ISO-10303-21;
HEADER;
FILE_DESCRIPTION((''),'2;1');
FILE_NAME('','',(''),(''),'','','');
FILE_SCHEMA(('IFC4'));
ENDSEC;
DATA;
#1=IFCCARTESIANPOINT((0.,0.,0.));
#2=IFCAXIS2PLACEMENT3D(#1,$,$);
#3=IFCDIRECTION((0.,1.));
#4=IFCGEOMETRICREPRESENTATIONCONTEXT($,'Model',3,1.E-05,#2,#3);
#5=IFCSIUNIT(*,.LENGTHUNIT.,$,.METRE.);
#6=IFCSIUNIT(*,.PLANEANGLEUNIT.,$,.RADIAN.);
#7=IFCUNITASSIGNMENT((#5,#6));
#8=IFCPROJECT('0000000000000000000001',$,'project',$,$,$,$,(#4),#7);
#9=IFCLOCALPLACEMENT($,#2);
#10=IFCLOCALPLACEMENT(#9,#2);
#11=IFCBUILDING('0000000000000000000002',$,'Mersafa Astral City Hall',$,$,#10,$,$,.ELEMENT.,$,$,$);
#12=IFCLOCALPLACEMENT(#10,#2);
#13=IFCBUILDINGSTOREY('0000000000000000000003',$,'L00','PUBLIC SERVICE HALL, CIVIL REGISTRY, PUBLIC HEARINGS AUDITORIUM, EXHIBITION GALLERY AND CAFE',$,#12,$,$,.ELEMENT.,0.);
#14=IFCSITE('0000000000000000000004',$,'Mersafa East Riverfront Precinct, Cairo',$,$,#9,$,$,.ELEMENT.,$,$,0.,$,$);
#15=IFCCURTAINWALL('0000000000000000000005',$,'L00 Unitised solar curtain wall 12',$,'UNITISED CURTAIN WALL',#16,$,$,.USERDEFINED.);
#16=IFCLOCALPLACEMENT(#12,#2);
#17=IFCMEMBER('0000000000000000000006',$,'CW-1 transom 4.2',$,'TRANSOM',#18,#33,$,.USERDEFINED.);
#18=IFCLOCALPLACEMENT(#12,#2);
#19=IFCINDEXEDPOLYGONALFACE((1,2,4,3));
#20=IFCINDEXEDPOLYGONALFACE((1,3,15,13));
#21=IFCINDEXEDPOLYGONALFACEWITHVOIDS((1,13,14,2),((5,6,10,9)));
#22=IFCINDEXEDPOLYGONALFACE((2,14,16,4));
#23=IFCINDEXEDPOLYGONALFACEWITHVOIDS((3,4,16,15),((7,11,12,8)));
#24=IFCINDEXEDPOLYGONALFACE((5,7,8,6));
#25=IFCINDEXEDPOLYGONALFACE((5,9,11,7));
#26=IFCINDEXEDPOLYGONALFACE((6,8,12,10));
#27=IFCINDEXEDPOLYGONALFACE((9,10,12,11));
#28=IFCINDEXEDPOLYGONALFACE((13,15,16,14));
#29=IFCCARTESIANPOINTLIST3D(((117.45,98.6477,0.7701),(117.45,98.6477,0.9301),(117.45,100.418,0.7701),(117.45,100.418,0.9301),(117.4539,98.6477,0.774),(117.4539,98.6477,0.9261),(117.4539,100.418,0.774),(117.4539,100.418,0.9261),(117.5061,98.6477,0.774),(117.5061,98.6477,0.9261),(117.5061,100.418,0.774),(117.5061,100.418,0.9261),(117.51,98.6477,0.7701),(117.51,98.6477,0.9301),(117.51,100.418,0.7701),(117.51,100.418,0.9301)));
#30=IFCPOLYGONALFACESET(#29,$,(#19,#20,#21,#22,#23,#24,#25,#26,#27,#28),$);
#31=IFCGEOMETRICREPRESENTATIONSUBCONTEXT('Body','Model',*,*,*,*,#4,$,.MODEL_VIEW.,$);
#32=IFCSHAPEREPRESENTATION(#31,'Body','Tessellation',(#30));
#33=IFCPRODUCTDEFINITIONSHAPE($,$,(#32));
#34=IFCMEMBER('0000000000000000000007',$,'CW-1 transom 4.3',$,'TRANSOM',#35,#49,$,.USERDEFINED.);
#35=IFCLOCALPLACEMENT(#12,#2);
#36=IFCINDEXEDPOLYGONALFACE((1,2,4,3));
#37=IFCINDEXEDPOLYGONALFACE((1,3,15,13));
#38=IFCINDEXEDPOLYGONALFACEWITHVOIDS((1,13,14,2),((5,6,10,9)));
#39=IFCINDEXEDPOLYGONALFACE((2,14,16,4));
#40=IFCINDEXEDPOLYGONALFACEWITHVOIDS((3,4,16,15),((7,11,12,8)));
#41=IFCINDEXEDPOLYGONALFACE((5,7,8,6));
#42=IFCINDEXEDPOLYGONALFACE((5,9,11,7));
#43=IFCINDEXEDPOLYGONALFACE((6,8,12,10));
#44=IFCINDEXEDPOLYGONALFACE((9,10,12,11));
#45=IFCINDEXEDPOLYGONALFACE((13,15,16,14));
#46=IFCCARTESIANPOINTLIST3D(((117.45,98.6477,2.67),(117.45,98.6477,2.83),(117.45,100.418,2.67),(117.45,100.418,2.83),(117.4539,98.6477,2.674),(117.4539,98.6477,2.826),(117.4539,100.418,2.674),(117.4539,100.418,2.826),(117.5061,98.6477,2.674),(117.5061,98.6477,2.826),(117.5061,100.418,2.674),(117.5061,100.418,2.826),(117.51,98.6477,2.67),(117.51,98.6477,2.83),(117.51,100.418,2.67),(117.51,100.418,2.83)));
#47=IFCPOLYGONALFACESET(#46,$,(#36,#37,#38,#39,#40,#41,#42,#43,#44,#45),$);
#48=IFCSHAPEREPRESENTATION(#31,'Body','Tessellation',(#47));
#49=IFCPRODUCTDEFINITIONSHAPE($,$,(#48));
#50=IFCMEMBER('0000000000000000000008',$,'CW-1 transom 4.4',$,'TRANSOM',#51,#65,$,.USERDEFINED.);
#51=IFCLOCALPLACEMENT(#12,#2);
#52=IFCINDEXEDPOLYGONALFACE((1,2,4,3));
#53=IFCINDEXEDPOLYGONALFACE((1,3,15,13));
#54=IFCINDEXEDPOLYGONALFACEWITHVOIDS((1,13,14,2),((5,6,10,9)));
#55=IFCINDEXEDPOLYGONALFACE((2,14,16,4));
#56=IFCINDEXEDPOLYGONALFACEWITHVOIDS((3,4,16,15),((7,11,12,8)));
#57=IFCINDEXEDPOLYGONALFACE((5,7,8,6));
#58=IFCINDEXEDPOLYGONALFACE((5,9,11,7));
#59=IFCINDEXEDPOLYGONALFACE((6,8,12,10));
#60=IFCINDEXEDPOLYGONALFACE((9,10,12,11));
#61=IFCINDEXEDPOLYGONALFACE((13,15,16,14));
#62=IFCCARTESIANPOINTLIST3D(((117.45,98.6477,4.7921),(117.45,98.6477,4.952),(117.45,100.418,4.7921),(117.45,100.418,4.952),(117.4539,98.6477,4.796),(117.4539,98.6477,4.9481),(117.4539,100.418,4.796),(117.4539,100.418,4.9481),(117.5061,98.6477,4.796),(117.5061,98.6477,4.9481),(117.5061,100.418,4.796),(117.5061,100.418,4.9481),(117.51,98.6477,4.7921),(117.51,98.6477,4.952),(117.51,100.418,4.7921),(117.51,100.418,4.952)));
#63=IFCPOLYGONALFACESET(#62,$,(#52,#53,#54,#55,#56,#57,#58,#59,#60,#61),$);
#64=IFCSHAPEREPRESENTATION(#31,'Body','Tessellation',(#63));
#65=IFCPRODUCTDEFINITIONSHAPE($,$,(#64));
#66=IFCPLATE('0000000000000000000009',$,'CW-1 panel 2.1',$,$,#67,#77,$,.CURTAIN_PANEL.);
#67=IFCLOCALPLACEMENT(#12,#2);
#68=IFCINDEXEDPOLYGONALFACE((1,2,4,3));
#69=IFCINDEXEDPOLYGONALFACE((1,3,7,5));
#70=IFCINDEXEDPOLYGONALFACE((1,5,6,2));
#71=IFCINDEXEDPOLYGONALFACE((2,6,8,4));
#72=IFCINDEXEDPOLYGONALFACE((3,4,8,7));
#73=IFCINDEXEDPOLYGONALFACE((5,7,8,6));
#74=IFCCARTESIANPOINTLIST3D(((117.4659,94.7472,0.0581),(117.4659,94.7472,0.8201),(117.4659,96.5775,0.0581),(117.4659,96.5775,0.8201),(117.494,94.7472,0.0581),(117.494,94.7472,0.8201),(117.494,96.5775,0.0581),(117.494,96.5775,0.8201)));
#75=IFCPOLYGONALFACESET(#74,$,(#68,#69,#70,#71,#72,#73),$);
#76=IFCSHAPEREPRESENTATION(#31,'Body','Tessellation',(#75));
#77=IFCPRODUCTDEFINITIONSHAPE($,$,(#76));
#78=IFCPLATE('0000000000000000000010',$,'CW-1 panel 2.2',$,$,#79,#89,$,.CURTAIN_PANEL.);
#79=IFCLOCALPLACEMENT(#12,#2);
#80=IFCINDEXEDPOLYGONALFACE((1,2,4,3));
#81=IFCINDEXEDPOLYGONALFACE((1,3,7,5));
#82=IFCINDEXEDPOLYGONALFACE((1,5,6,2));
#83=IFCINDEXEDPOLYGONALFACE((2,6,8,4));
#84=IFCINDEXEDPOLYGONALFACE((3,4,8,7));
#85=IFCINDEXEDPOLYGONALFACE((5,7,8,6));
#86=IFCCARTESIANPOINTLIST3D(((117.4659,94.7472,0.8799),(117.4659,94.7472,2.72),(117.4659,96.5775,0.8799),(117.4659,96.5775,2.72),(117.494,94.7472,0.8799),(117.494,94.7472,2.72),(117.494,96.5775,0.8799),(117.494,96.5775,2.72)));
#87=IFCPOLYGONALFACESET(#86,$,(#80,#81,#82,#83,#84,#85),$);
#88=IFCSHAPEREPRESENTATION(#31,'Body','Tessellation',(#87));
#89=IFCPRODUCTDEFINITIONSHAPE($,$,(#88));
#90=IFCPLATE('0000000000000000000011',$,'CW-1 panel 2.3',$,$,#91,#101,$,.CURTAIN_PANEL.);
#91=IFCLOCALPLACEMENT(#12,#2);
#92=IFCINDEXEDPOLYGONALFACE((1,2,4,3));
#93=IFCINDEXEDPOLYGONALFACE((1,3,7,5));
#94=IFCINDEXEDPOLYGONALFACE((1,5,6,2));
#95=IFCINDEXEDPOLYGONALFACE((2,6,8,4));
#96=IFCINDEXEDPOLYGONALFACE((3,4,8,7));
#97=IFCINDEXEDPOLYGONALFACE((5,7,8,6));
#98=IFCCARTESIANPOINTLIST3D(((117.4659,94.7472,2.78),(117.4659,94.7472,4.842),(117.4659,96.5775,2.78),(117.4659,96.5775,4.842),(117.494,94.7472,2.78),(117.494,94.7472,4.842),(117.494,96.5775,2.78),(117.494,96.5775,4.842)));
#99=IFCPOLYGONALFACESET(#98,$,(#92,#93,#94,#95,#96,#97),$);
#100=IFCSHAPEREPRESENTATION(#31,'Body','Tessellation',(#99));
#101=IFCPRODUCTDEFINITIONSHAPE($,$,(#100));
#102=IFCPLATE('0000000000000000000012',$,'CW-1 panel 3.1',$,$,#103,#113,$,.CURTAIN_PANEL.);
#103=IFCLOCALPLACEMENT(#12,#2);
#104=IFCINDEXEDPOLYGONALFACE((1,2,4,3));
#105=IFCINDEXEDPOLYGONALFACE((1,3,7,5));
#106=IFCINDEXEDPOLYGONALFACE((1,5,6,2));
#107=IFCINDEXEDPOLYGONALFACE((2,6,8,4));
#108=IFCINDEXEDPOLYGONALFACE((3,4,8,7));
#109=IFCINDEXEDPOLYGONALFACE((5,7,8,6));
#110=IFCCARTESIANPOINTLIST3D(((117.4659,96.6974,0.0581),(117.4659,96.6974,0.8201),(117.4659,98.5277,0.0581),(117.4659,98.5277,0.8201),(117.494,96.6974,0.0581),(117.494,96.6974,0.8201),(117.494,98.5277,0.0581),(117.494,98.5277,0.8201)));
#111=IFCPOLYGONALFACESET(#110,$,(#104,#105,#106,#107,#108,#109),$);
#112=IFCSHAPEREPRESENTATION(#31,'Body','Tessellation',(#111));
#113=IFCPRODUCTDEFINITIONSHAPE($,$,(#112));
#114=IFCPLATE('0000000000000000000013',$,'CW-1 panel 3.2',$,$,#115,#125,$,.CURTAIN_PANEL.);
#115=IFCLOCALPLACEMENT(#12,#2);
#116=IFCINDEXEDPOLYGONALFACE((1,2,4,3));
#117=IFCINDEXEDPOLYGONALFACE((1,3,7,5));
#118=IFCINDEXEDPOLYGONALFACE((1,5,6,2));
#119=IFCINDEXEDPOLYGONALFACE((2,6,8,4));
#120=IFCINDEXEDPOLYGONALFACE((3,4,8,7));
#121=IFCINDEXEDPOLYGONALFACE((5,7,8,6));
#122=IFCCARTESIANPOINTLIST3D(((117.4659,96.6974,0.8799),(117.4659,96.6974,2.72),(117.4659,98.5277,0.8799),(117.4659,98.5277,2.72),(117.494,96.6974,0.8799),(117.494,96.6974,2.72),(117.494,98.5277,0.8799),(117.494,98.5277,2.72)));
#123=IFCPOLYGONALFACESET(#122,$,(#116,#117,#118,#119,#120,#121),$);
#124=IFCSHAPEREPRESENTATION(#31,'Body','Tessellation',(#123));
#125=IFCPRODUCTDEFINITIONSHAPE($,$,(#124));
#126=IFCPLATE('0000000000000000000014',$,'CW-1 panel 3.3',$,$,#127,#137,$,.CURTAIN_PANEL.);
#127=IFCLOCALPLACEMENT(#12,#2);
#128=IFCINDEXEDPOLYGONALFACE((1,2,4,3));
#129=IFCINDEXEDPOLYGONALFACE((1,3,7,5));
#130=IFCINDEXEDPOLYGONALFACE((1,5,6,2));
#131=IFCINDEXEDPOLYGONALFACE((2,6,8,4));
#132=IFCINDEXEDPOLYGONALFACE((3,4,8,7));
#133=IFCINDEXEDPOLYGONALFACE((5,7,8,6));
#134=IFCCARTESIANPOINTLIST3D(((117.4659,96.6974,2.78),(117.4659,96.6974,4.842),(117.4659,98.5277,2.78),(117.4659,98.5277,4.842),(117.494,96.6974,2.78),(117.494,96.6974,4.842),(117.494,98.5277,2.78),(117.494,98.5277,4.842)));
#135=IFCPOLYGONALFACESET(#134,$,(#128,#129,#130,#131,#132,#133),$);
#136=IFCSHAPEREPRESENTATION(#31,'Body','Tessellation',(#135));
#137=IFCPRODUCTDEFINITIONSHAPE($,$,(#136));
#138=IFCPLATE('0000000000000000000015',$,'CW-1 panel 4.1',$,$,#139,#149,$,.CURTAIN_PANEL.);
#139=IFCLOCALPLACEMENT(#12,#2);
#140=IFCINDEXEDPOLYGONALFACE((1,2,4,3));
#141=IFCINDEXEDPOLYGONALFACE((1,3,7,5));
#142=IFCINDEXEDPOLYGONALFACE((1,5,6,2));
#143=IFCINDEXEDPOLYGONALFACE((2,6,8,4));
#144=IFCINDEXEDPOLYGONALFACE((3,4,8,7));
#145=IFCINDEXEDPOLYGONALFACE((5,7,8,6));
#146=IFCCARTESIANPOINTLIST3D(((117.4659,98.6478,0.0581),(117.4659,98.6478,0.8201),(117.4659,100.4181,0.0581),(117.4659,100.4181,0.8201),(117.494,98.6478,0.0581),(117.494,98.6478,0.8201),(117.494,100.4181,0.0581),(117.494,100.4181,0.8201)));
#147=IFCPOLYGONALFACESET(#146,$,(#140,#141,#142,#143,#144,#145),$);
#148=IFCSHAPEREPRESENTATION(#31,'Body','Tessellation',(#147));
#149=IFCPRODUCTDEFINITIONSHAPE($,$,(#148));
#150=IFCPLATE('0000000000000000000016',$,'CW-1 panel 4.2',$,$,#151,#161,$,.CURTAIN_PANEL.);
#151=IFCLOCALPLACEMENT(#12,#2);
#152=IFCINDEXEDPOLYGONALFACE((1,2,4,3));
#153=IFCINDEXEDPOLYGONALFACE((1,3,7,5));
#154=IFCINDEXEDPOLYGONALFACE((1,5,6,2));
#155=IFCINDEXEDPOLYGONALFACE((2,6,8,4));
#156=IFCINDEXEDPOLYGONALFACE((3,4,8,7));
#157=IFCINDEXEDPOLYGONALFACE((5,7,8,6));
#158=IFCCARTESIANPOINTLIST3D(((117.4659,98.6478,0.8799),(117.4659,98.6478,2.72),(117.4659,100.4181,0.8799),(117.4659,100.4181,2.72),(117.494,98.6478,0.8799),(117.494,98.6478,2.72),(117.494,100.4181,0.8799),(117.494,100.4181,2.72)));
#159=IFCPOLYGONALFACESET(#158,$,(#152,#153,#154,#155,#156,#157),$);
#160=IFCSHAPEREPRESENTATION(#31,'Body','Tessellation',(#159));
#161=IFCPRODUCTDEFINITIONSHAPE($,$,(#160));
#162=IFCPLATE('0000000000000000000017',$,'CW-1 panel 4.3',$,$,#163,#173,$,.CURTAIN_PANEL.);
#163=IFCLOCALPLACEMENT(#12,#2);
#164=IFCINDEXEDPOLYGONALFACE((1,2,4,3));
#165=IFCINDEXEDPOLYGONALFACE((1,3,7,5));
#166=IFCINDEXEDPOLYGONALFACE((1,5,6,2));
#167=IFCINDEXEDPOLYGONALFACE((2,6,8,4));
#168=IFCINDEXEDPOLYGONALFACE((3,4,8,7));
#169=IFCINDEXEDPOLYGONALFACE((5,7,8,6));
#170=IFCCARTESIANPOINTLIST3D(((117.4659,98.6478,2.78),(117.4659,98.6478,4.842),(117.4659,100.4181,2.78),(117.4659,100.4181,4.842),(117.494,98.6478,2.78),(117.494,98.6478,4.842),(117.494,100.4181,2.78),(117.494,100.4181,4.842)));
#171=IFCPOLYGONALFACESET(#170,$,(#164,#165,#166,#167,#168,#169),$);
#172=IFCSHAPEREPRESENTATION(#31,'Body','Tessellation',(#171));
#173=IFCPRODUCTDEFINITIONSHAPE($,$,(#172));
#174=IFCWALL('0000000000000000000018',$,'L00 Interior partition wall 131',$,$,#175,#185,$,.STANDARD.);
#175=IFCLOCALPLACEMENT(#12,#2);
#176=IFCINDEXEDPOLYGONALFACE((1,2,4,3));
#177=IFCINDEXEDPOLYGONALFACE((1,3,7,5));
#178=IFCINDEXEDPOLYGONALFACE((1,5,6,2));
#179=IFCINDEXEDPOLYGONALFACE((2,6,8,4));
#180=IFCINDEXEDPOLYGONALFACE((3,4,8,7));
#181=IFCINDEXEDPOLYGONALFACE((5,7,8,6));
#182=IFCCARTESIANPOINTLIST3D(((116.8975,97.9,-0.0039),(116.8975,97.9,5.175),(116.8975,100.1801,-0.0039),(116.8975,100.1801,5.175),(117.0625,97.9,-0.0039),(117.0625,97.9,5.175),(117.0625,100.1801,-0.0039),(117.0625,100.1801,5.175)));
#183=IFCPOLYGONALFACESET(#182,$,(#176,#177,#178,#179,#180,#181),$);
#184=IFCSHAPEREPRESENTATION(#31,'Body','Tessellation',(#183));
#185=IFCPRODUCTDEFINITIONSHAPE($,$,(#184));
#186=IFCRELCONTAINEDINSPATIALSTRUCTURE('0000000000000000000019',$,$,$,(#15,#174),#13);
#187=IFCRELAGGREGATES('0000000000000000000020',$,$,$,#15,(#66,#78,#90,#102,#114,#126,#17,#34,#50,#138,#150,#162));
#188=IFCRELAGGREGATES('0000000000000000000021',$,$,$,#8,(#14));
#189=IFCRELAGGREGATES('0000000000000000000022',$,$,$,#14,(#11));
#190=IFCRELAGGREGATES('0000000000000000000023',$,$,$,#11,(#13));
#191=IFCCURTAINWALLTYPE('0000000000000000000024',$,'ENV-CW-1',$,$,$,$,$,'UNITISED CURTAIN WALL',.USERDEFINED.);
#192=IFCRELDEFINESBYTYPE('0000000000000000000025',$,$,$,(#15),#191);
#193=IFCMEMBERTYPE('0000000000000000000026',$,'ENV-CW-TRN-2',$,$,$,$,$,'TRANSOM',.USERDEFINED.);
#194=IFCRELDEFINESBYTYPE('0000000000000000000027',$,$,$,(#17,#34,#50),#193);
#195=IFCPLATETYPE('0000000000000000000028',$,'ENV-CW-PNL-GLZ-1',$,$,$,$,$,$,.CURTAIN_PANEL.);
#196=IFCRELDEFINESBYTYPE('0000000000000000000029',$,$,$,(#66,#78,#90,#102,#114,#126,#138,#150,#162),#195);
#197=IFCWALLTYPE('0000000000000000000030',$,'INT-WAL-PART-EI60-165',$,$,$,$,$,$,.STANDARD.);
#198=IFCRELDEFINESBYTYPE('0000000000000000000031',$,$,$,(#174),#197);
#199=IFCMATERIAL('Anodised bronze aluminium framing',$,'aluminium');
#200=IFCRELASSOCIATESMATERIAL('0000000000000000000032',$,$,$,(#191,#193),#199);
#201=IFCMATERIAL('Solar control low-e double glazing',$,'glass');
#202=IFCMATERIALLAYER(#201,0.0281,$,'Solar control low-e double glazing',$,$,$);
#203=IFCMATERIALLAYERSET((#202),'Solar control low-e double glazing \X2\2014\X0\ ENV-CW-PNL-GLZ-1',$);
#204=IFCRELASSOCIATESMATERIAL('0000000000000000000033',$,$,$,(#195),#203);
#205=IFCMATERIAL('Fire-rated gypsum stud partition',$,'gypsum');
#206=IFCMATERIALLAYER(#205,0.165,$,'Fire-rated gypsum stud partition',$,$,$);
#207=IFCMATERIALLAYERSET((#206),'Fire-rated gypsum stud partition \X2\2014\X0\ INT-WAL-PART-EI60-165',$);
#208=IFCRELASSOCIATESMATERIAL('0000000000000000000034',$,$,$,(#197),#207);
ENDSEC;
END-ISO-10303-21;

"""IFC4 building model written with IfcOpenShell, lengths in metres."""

from ifc_helpers import new_model, si_unit, direction, frame, frame_2d, origin, origin_2d, place, context, subcontext, project, spatial, rectangle, hollow_rectangle, extrude, material, layer, layer_set, material_profile, profile_set, type_object, element, aggregate, save


model = new_model("IFC4")

# Units and contexts
model_context = context("Model", 3, precision=1e-05, world=origin(), true_north=direction((0.0, 1.0)))
body_context = subcontext(model_context, "Body", "Model", "MODEL_VIEW")
ifc_project = project(units=[si_unit("LENGTHUNIT", "METRE"), si_unit("PLANEANGLEUNIT", "RADIAN")], contexts=[model_context])

# Site, building, storey
site_placement = place(None, origin())
site = spatial("IfcSite", under=ifc_project, at=site_placement, Name="Mersafa East Riverfront Precinct, Cairo", CompositionType="ELEMENT", RefElevation=0.0)
building_placement = place(site_placement, origin())
building = spatial("IfcBuilding", under=site, at=building_placement, Name="Mersafa Astral City Hall", CompositionType="ELEMENT")
storey_placement = place(building_placement, origin())
storey = spatial("IfcBuildingStorey", under=building, at=storey_placement, Name="L00", Description="PUBLIC SERVICE HALL, CIVIL REGISTRY, PUBLIC HEARINGS AUDITORIUM, EXHIBITION GALLERY AND CAFE", CompositionType="ELEMENT", Elevation=0.0)

# Curtain wall, members, plates
ifc_material_1 = material(Name="Anodised bronze aluminium framing", Category="aluminium")
curtain_wall_type = type_object("IfcCurtainWallType", Name="ENV-CW-1", ElementType="UNITISED CURTAIN WALL", PredefinedType="USERDEFINED", material=ifc_material_1)
curtain_wall_placement = place(storey_placement, origin())
curtain_wall = element("IfcCurtainWall", 1, at=curtain_wall_placement, inside=storey, type_object=curtain_wall_type, Name="L00 Unitised solar curtain wall 12", ObjectType="UNITISED CURTAIN WALL", PredefinedType="USERDEFINED")
ifc_material_profile_1 = material_profile(ifc_material_1, hollow_rectangle(XDim=0.0601, YDim=0.1599, WallThickness=0.0039, at=origin_2d()), Name="RHS 60x160x4")
ifc_profile_set_1 = profile_set([ifc_material_profile_1], Name="Anodised bronze aluminium framing")
member_type_1 = type_object("IfcMemberType", Name="ENV-CW-TRN-2", ElementType="TRANSOM", PredefinedType="USERDEFINED", material=ifc_profile_set_1)
member_1_placement = place(storey_placement, frame((117.48, 98.6477, 0.8501), z_axis=(0.0, 1.0, 0.0), x_axis=(-1.0, 0.0, 0.0)))
member_1 = element("IfcMember", 2, at=member_1_placement, type_object=member_type_1, Name="CW-1 transom 4.2", ObjectType="TRANSOM", PredefinedType="USERDEFINED", context=body_context, shape_type="SweptSolid", body=[
    extrude(hollow_rectangle(XDim=0.0601, YDim=0.1599, WallThickness=0.0039, at=origin_2d()), origin(), (0.0, 0.0, 1.0), 1.7703),
])
member_2_placement = place(storey_placement, frame((117.48, 98.6477, 2.75), z_axis=(0.0, 1.0, 0.0), x_axis=(-1.0, 0.0, 0.0)))
member_2 = element("IfcMember", 3, at=member_2_placement, type_object=member_type_1, Name="CW-1 transom 4.3", ObjectType="TRANSOM", PredefinedType="USERDEFINED", context=body_context, shape_type="SweptSolid", body=[
    extrude(hollow_rectangle(XDim=0.0601, YDim=0.1599, WallThickness=0.0039, at=origin_2d()), origin(), (0.0, 0.0, 1.0), 1.7703),
])
member_3_placement = place(storey_placement, frame((117.48, 98.6477, 4.8721), z_axis=(0.0, 1.0, 0.0), x_axis=(-1.0, 0.0, 0.0)))
member_3 = element("IfcMember", 4, at=member_3_placement, type_object=member_type_1, Name="CW-1 transom 4.4", ObjectType="TRANSOM", PredefinedType="USERDEFINED", context=body_context, shape_type="SweptSolid", body=[
    extrude(hollow_rectangle(XDim=0.0601, YDim=0.1599, WallThickness=0.0039, at=origin_2d()), origin(), (0.0, 0.0, 1.0), 1.7703),
])
ifc_material_2 = material(Name="Solar control low-e double glazing", Category="glass")
ifc_layer_1 = layer(ifc_material_2, 0.0281, Name="Solar control low-e double glazing")
ifc_layer_set_1 = layer_set([ifc_layer_1], Name="Solar control low-e double glazing — ENV-CW-PNL-GLZ-1")
plate_type = type_object("IfcPlateType", Name="ENV-CW-PNL-GLZ-1", PredefinedType="CURTAIN_PANEL", material=ifc_layer_set_1)
plate_1_placement = place(storey_placement, frame((117.48, 95.6624, 0.0581), z_axis=(0.0, 0.0, 1.0), x_axis=(0.0, 1.0, 0.0)))
plate_1 = element("IfcPlate", 5, at=plate_1_placement, type_object=plate_type, Name="CW-1 panel 2.1", PredefinedType="CURTAIN_PANEL", context=body_context, shape_type="SweptSolid", body=[
    extrude(rectangle(XDim=1.8303, YDim=0.0281, at=origin_2d()), origin(), (0.0, 0.0, 1.0), 0.762),
])
plate_2_placement = place(storey_placement, frame((117.48, 95.6624, 0.8799), z_axis=(0.0, 0.0, 1.0), x_axis=(0.0, 1.0, 0.0)))
plate_2 = element("IfcPlate", 6, at=plate_2_placement, type_object=plate_type, Name="CW-1 panel 2.2", PredefinedType="CURTAIN_PANEL", context=body_context, shape_type="SweptSolid", body=[
    extrude(rectangle(XDim=1.8303, YDim=0.0281, at=origin_2d()), origin(), (0.0, 0.0, 1.0), 1.8401),
])
plate_3_placement = place(storey_placement, frame((117.48, 95.6624, 2.78), z_axis=(0.0, 0.0, 1.0), x_axis=(0.0, 1.0, 0.0)))
plate_3 = element("IfcPlate", 7, at=plate_3_placement, type_object=plate_type, Name="CW-1 panel 2.3", PredefinedType="CURTAIN_PANEL", context=body_context, shape_type="SweptSolid", body=[
    extrude(rectangle(XDim=1.8303, YDim=0.0281, at=origin_2d()), origin(), (0.0, 0.0, 1.0), 2.062),
])
plate_4_placement = place(storey_placement, frame((117.48, 97.6125, 0.0581), z_axis=(0.0, 0.0, 1.0), x_axis=(0.0, 1.0, 0.0)))
plate_4 = element("IfcPlate", 8, at=plate_4_placement, type_object=plate_type, Name="CW-1 panel 3.1", PredefinedType="CURTAIN_PANEL", context=body_context, shape_type="SweptSolid", body=[
    extrude(rectangle(XDim=1.8303, YDim=0.0281, at=origin_2d()), origin(), (0.0, 0.0, 1.0), 0.762),
])
plate_5_placement = place(storey_placement, frame((117.48, 97.6125, 0.8799), z_axis=(0.0, 0.0, 1.0), x_axis=(0.0, 1.0, 0.0)))
plate_5 = element("IfcPlate", 9, at=plate_5_placement, type_object=plate_type, Name="CW-1 panel 3.2", PredefinedType="CURTAIN_PANEL", context=body_context, shape_type="SweptSolid", body=[
    extrude(rectangle(XDim=1.8303, YDim=0.0281, at=origin_2d()), origin(), (0.0, 0.0, 1.0), 1.8401),
])
plate_6_placement = place(storey_placement, frame((117.48, 97.6125, 2.78), z_axis=(0.0, 0.0, 1.0), x_axis=(0.0, 1.0, 0.0)))
plate_6 = element("IfcPlate", 10, at=plate_6_placement, type_object=plate_type, Name="CW-1 panel 3.3", PredefinedType="CURTAIN_PANEL", context=body_context, shape_type="SweptSolid", body=[
    extrude(rectangle(XDim=1.8303, YDim=0.0281, at=origin_2d()), origin(), (0.0, 0.0, 1.0), 2.062),
])
plate_7_placement = place(storey_placement, frame((117.48, 99.533, 0.0581), z_axis=(0.0, 0.0, 1.0), x_axis=(0.0, 1.0, 0.0)))
plate_7 = element("IfcPlate", 11, at=plate_7_placement, type_object=plate_type, Name="CW-1 panel 4.1", PredefinedType="CURTAIN_PANEL", context=body_context, shape_type="SweptSolid", body=[
    extrude(rectangle(XDim=1.7703, YDim=0.0281, at=origin_2d()), origin(), (0.0, 0.0, 1.0), 0.762),
])
plate_8_placement = place(storey_placement, frame((117.48, 99.533, 0.8799), z_axis=(0.0, 0.0, 1.0), x_axis=(0.0, 1.0, 0.0)))
plate_8 = element("IfcPlate", 12, at=plate_8_placement, type_object=plate_type, Name="CW-1 panel 4.2", PredefinedType="CURTAIN_PANEL", context=body_context, shape_type="SweptSolid", body=[
    extrude(rectangle(XDim=1.7703, YDim=0.0281, at=origin_2d()), origin(), (0.0, 0.0, 1.0), 1.8401),
])
plate_9_placement = place(storey_placement, frame((117.48, 99.533, 2.78), z_axis=(0.0, 0.0, 1.0), x_axis=(0.0, 1.0, 0.0)))
plate_9 = element("IfcPlate", 13, at=plate_9_placement, type_object=plate_type, Name="CW-1 panel 4.3", PredefinedType="CURTAIN_PANEL", context=body_context, shape_type="SweptSolid", body=[
    extrude(rectangle(XDim=1.7703, YDim=0.0281, at=origin_2d()), origin(), (0.0, 0.0, 1.0), 2.062),
])
aggregate(curtain_wall, [plate_1, plate_2, plate_3, plate_4, plate_5, plate_6, member_1, member_2, member_3, plate_7, plate_8, plate_9])

# Wall
ifc_material_3 = material(Name="Fire-rated gypsum stud partition", Category="gypsum")
ifc_layer_2 = layer(ifc_material_3, 0.165, Name="Fire-rated gypsum stud partition")
ifc_layer_set_2 = layer_set([ifc_layer_2], Name="Fire-rated gypsum stud partition — INT-WAL-PART-EI60-165")
wall_type_1 = type_object("IfcWallType", Name="INT-WAL-PART-EI60-165", PredefinedType="STANDARD", material=ifc_layer_set_2)
wall_1_placement = place(storey_placement, frame((116.98, 97.8999, -0.0039), z_axis=(0.0, 0.0, 1.0), x_axis=(0.0, 1.0, 0.0)))
element("IfcWall", 14, at=wall_1_placement, inside=storey, type_object=wall_type_1, Name="L00 Interior partition wall 131", PredefinedType="STANDARD", context=body_context, shape_type="SweptSolid", body=[
    extrude(rectangle(XDim=2.28, YDim=0.165, at=frame_2d((1.1401, 0.0))), origin(), (0.0, 0.0, 1.0), 5.179),
])

save(model, "model.ifc")
